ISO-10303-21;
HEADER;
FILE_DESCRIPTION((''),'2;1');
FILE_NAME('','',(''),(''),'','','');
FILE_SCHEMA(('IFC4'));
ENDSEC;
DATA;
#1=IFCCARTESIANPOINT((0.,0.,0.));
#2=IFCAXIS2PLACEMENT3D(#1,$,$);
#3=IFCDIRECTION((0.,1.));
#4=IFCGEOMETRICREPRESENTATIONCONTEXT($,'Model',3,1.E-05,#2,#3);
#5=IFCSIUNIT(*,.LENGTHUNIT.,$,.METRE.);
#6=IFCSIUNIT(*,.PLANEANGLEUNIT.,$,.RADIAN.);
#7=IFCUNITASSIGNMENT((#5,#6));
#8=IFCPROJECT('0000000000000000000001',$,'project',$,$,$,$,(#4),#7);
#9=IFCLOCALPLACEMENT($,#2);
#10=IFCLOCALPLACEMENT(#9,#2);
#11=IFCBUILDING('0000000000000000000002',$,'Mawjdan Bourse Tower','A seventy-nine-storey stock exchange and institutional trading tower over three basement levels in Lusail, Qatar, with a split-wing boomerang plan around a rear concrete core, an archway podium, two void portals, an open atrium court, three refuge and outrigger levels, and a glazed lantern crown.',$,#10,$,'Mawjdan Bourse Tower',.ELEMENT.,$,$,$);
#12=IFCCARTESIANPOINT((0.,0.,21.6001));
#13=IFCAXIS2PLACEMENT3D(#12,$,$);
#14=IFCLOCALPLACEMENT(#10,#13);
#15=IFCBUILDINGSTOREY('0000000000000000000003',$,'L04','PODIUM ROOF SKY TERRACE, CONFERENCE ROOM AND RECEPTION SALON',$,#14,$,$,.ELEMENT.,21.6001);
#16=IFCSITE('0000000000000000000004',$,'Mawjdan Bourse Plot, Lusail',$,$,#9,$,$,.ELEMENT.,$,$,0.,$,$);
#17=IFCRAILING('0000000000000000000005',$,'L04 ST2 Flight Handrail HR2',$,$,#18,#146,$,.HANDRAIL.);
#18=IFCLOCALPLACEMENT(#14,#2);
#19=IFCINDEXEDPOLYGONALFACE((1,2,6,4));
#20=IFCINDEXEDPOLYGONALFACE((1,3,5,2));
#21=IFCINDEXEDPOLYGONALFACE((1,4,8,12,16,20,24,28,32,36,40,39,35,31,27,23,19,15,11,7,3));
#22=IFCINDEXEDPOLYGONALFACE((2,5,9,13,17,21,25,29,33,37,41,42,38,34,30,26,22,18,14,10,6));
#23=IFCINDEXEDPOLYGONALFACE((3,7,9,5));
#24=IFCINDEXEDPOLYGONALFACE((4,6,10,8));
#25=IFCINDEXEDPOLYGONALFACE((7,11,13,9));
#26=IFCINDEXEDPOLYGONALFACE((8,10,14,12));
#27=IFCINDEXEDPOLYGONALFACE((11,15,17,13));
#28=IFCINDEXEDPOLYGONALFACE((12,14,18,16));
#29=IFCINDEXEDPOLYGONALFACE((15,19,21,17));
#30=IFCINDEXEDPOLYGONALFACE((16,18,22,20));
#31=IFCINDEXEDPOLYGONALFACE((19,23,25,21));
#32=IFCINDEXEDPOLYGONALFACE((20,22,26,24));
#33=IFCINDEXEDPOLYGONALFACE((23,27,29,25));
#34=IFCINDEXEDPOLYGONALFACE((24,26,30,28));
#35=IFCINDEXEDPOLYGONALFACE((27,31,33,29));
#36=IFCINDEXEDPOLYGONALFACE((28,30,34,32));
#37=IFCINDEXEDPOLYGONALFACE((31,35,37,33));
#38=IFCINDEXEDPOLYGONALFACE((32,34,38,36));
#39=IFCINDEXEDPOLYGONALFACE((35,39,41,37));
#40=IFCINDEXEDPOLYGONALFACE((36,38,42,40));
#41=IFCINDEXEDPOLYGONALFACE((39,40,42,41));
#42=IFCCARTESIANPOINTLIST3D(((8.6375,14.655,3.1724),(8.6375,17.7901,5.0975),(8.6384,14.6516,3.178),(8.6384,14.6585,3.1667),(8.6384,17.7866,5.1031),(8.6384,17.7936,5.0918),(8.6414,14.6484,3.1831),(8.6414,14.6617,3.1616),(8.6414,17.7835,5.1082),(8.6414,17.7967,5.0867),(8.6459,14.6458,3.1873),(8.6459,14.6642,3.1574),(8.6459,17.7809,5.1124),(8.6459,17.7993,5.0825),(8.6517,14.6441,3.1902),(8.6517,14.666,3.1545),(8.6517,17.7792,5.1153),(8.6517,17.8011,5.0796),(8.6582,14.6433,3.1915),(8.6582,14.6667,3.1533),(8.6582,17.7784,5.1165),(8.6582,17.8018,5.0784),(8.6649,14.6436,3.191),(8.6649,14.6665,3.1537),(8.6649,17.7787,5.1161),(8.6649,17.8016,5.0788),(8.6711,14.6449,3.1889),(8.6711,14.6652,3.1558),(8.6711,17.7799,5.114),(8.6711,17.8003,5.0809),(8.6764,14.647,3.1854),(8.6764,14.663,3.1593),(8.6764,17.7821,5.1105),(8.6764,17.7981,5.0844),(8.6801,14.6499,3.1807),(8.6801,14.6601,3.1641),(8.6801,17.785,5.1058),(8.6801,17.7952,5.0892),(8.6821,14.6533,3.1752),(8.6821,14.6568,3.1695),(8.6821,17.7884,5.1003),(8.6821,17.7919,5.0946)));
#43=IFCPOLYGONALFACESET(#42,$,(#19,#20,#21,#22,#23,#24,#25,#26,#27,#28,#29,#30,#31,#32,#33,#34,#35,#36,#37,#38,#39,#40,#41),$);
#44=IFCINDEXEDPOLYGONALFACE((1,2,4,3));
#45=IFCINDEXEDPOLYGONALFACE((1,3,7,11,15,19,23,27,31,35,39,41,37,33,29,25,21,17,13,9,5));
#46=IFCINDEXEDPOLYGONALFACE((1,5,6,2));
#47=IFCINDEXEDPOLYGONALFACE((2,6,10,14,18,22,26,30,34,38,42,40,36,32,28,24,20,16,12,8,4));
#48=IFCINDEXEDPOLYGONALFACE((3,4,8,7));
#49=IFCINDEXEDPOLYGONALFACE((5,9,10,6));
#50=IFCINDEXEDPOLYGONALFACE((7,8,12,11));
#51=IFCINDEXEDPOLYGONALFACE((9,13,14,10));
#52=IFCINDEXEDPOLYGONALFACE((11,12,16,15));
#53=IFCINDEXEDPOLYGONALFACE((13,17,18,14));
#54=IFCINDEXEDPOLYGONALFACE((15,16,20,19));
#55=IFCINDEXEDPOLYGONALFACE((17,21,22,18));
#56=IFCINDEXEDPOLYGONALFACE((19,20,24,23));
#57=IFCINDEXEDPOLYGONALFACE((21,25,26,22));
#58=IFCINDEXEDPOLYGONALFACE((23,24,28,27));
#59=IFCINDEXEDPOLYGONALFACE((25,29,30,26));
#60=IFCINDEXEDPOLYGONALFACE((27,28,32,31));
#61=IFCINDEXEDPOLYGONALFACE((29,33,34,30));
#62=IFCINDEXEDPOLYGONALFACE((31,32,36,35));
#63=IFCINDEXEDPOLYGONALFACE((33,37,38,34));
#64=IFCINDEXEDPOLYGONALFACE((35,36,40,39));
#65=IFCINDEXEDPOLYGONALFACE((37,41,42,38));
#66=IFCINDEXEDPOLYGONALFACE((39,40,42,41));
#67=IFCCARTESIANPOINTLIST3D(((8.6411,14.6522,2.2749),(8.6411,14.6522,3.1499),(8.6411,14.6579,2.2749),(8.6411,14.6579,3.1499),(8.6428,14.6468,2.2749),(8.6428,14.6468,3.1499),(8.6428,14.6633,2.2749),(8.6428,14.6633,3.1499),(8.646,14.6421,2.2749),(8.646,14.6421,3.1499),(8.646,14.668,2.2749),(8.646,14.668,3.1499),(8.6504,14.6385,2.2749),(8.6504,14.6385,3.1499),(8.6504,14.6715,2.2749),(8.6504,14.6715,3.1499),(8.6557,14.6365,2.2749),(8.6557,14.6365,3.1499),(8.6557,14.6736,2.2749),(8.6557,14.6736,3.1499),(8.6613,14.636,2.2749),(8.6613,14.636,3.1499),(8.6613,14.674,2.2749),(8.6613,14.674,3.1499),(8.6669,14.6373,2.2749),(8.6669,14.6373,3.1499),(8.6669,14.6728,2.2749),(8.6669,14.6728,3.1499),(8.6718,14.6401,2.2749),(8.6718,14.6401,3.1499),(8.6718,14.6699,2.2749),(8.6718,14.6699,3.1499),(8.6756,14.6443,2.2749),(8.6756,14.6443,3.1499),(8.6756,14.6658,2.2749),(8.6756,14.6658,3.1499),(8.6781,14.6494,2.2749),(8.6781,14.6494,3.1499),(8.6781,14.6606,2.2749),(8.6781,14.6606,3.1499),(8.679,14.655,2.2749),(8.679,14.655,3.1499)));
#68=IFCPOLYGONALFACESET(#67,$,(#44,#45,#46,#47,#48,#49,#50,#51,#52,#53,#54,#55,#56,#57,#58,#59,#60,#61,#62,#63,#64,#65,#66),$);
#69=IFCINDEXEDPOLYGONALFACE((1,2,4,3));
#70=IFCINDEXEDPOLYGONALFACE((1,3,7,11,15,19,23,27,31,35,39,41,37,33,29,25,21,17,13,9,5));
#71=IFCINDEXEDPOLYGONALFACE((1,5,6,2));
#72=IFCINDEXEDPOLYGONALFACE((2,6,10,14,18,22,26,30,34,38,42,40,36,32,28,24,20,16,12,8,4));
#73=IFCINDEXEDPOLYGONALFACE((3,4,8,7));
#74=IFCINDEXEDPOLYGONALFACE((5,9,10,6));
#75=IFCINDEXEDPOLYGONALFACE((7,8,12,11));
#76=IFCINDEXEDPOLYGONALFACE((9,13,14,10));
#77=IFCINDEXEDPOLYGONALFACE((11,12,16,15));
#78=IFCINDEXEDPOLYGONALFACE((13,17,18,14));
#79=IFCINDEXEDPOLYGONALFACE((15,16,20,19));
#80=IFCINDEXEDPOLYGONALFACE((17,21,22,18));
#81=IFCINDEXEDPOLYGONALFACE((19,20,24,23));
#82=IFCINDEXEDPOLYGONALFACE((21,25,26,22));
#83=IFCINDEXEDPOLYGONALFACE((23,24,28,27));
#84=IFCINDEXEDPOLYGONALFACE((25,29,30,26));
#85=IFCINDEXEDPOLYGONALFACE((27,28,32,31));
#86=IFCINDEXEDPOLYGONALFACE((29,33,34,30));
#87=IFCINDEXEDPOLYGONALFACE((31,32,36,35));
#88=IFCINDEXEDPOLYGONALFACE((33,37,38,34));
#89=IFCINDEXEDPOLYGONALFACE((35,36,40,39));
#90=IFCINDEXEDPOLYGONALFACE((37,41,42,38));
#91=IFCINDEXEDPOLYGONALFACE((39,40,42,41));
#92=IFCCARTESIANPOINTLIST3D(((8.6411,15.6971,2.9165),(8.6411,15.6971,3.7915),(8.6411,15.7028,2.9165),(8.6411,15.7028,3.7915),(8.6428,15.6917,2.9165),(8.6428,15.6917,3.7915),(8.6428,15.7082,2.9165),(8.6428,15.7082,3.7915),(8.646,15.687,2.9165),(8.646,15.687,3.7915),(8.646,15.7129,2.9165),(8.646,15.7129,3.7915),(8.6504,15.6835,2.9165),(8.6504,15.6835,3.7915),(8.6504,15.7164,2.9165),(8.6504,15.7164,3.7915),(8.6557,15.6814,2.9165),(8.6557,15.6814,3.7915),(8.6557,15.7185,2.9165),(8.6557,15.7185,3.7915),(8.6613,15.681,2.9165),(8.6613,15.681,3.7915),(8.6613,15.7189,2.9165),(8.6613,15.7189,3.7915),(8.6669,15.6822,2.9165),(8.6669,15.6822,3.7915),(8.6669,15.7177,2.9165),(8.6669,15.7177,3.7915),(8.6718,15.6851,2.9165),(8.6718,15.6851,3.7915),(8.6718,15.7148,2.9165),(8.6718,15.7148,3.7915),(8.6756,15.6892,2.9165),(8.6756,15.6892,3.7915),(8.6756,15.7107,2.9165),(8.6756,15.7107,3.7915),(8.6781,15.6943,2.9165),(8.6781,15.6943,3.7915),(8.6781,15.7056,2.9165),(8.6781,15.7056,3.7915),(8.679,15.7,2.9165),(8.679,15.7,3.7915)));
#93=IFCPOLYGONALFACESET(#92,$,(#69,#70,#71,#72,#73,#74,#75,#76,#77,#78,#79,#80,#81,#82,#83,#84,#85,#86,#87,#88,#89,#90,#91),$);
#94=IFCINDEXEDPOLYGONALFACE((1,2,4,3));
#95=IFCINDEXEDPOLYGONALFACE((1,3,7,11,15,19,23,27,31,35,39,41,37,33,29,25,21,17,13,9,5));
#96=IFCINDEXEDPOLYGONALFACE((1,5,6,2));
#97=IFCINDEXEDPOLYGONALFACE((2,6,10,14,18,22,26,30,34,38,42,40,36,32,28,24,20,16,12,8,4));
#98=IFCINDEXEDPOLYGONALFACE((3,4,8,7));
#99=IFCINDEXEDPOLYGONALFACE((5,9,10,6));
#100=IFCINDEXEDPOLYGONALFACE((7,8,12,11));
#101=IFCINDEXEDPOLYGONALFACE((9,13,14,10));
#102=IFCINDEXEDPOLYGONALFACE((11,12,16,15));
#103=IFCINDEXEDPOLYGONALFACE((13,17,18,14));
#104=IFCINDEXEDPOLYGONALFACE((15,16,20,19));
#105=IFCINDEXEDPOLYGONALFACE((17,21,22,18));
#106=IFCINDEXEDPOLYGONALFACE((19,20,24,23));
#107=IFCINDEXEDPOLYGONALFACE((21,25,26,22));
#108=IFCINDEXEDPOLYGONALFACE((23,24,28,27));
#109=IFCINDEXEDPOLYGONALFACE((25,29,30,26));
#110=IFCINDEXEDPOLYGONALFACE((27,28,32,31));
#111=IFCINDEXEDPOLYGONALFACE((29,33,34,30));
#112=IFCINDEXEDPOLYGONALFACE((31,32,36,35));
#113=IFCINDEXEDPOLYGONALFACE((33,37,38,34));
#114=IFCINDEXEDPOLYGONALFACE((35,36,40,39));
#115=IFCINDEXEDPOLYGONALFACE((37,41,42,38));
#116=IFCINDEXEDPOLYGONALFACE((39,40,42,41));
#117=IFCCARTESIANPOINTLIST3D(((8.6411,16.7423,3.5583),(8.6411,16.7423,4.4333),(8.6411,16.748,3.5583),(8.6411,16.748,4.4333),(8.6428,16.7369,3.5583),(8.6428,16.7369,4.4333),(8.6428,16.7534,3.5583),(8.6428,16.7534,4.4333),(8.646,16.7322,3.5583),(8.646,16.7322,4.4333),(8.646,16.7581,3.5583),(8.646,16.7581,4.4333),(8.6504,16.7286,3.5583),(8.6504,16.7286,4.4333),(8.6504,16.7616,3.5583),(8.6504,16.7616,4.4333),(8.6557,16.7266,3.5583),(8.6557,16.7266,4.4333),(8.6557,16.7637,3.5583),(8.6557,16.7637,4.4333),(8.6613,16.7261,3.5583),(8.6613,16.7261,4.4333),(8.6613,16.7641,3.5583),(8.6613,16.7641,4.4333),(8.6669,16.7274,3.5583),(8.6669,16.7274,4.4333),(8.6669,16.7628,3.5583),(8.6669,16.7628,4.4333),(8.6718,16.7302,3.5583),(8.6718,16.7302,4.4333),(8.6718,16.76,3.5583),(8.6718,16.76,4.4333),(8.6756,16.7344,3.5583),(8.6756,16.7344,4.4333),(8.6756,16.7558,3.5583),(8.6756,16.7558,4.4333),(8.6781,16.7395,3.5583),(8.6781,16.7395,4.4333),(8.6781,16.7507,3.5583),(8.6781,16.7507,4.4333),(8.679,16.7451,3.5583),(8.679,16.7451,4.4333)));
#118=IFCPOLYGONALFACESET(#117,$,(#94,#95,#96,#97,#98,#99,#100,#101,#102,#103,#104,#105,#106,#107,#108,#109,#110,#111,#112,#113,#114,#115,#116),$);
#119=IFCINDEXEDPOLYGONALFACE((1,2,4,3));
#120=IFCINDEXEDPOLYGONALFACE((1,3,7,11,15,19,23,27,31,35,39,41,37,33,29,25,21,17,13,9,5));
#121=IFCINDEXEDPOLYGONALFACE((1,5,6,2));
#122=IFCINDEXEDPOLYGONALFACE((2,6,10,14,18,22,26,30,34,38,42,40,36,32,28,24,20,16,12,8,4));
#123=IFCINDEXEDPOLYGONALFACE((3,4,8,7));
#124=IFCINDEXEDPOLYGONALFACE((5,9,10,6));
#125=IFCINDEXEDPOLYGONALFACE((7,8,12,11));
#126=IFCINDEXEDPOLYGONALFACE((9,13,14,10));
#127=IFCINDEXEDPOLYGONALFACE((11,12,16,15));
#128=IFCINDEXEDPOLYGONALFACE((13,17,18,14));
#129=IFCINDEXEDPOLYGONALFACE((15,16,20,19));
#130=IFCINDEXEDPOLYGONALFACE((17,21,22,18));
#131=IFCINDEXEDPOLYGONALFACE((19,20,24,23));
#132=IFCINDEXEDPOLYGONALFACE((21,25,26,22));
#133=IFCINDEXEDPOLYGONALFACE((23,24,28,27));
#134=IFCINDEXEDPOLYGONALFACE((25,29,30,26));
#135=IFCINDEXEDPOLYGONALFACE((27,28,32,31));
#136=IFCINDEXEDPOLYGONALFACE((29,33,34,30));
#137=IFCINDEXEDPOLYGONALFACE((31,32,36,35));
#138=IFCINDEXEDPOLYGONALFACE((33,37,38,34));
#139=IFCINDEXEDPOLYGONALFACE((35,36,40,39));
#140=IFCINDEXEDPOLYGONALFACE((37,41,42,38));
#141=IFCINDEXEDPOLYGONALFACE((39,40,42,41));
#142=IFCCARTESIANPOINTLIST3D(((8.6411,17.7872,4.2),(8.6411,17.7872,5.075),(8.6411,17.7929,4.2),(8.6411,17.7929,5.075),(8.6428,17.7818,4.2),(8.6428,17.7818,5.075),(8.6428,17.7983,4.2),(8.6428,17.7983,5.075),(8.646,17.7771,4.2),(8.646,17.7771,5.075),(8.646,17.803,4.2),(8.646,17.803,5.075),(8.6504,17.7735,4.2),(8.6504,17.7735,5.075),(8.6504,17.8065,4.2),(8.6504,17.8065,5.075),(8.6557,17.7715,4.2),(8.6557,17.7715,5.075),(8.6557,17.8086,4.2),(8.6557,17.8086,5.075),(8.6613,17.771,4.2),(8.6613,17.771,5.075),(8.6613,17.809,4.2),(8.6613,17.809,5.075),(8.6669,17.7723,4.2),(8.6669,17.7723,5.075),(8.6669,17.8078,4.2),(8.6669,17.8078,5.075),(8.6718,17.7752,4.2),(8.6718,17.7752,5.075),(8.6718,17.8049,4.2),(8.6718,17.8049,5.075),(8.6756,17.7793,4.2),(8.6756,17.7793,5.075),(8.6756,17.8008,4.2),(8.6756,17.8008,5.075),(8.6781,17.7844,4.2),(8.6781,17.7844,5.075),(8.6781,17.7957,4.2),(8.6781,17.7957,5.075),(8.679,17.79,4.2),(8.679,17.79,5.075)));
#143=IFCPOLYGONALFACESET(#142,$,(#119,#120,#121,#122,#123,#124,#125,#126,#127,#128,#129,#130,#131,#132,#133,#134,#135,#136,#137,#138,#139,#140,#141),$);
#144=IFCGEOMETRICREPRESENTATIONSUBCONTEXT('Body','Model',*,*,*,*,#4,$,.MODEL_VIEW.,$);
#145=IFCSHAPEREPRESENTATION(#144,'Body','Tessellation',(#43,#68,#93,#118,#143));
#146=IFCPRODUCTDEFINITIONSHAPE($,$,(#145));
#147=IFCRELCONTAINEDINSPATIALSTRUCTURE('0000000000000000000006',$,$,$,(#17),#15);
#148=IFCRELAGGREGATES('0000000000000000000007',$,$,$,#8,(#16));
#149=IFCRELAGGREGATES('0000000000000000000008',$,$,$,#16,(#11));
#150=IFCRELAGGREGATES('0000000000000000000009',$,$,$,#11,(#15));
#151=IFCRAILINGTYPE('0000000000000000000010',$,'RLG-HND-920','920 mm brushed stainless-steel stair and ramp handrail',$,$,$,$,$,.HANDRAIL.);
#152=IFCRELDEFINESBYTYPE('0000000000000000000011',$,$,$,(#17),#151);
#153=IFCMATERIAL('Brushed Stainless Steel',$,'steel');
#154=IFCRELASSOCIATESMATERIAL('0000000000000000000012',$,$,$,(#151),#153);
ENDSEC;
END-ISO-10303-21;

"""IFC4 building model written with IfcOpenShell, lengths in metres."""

from ifc_helpers import new_model, si_unit, direction, frame, origin, origin_2d, place, context, subcontext, project, spatial, circle, extrude, material, type_object, element, save


model = new_model("IFC4")

# Units and contexts
model_context = context("Model", 3, precision=1e-05, world=origin(), true_north=direction((0.0, 1.0)))
body_context = subcontext(model_context, "Body", "Model", "MODEL_VIEW")
ifc_project = project(units=[si_unit("LENGTHUNIT", "METRE"), si_unit("PLANEANGLEUNIT", "RADIAN")], contexts=[model_context])

# Site, building, storey
site_placement = place(None, origin())
site = spatial("IfcSite", under=ifc_project, at=site_placement, Name="Mawjdan Bourse Plot, Lusail", CompositionType="ELEMENT", RefElevation=0.0)
building_placement = place(site_placement, origin())
building = spatial("IfcBuilding", under=site, at=building_placement, Name="Mawjdan Bourse Tower", Description="A seventy-nine-storey stock exchange and institutional trading tower over three basement levels in Lusail, Qatar, with a split-wing boomerang plan around a rear concrete core, an archway podium, two void portals, an open atrium court, three refuge and outrigger levels, and a glazed lantern crown.", LongName="Mawjdan Bourse Tower", CompositionType="ELEMENT")
storey_placement = place(building_placement, frame((0.0, 0.0, 21.6001)))
storey = spatial("IfcBuildingStorey", under=building, at=storey_placement, Name="L04", Description="PODIUM ROOF SKY TERRACE, CONFERENCE ROOM AND RECEPTION SALON", CompositionType="ELEMENT", Elevation=21.6001)

# Railing
ifc_material_1 = material(Name="Brushed Stainless Steel", Category="steel")
railing_type_1 = type_object("IfcRailingType", Name="RLG-HND-920", Description="920 mm brushed stainless-steel stair and ramp handrail", PredefinedType="HANDRAIL", material=ifc_material_1)
for number, where, name in (
    (1, (8.6599, 14.655, 2.2749), "L04 ST2 Flight Handrail HR2"),
):
    element("IfcRailing", number, at=place(storey_placement, frame(where)), inside=storey, type_object=railing_type_1, Name=name, PredefinedType="HANDRAIL", context=body_context, shape_type="SweptSolid", body=[
        extrude(circle(Radius=0.0225, at=origin_2d()), frame((0.0, 0.0, 0.8975), z_axis=(0.0, 0.852166, 0.523271), x_axis=(-1.0, 0.0, 0.0)), (0.0, 0.0, 1.0), 3.679),
        extrude(circle(Radius=0.019, at=origin_2d()), origin(), (0.0, 0.0, 1.0), 0.875),
        extrude(circle(Radius=0.019, at=origin_2d()), frame((0.0, 1.0449, 0.6416)), (0.0, 0.0, 1.0), 0.875),
        extrude(circle(Radius=0.019, at=origin_2d()), frame((0.0, 2.0901, 1.2834)), (0.0, 0.0, 1.0), 0.875),
        extrude(circle(Radius=0.019, at=origin_2d()), frame((0.0, 3.135, 1.925)), (0.0, 0.0, 1.0), 0.875),
    ])

save(model, "model.ifc")
